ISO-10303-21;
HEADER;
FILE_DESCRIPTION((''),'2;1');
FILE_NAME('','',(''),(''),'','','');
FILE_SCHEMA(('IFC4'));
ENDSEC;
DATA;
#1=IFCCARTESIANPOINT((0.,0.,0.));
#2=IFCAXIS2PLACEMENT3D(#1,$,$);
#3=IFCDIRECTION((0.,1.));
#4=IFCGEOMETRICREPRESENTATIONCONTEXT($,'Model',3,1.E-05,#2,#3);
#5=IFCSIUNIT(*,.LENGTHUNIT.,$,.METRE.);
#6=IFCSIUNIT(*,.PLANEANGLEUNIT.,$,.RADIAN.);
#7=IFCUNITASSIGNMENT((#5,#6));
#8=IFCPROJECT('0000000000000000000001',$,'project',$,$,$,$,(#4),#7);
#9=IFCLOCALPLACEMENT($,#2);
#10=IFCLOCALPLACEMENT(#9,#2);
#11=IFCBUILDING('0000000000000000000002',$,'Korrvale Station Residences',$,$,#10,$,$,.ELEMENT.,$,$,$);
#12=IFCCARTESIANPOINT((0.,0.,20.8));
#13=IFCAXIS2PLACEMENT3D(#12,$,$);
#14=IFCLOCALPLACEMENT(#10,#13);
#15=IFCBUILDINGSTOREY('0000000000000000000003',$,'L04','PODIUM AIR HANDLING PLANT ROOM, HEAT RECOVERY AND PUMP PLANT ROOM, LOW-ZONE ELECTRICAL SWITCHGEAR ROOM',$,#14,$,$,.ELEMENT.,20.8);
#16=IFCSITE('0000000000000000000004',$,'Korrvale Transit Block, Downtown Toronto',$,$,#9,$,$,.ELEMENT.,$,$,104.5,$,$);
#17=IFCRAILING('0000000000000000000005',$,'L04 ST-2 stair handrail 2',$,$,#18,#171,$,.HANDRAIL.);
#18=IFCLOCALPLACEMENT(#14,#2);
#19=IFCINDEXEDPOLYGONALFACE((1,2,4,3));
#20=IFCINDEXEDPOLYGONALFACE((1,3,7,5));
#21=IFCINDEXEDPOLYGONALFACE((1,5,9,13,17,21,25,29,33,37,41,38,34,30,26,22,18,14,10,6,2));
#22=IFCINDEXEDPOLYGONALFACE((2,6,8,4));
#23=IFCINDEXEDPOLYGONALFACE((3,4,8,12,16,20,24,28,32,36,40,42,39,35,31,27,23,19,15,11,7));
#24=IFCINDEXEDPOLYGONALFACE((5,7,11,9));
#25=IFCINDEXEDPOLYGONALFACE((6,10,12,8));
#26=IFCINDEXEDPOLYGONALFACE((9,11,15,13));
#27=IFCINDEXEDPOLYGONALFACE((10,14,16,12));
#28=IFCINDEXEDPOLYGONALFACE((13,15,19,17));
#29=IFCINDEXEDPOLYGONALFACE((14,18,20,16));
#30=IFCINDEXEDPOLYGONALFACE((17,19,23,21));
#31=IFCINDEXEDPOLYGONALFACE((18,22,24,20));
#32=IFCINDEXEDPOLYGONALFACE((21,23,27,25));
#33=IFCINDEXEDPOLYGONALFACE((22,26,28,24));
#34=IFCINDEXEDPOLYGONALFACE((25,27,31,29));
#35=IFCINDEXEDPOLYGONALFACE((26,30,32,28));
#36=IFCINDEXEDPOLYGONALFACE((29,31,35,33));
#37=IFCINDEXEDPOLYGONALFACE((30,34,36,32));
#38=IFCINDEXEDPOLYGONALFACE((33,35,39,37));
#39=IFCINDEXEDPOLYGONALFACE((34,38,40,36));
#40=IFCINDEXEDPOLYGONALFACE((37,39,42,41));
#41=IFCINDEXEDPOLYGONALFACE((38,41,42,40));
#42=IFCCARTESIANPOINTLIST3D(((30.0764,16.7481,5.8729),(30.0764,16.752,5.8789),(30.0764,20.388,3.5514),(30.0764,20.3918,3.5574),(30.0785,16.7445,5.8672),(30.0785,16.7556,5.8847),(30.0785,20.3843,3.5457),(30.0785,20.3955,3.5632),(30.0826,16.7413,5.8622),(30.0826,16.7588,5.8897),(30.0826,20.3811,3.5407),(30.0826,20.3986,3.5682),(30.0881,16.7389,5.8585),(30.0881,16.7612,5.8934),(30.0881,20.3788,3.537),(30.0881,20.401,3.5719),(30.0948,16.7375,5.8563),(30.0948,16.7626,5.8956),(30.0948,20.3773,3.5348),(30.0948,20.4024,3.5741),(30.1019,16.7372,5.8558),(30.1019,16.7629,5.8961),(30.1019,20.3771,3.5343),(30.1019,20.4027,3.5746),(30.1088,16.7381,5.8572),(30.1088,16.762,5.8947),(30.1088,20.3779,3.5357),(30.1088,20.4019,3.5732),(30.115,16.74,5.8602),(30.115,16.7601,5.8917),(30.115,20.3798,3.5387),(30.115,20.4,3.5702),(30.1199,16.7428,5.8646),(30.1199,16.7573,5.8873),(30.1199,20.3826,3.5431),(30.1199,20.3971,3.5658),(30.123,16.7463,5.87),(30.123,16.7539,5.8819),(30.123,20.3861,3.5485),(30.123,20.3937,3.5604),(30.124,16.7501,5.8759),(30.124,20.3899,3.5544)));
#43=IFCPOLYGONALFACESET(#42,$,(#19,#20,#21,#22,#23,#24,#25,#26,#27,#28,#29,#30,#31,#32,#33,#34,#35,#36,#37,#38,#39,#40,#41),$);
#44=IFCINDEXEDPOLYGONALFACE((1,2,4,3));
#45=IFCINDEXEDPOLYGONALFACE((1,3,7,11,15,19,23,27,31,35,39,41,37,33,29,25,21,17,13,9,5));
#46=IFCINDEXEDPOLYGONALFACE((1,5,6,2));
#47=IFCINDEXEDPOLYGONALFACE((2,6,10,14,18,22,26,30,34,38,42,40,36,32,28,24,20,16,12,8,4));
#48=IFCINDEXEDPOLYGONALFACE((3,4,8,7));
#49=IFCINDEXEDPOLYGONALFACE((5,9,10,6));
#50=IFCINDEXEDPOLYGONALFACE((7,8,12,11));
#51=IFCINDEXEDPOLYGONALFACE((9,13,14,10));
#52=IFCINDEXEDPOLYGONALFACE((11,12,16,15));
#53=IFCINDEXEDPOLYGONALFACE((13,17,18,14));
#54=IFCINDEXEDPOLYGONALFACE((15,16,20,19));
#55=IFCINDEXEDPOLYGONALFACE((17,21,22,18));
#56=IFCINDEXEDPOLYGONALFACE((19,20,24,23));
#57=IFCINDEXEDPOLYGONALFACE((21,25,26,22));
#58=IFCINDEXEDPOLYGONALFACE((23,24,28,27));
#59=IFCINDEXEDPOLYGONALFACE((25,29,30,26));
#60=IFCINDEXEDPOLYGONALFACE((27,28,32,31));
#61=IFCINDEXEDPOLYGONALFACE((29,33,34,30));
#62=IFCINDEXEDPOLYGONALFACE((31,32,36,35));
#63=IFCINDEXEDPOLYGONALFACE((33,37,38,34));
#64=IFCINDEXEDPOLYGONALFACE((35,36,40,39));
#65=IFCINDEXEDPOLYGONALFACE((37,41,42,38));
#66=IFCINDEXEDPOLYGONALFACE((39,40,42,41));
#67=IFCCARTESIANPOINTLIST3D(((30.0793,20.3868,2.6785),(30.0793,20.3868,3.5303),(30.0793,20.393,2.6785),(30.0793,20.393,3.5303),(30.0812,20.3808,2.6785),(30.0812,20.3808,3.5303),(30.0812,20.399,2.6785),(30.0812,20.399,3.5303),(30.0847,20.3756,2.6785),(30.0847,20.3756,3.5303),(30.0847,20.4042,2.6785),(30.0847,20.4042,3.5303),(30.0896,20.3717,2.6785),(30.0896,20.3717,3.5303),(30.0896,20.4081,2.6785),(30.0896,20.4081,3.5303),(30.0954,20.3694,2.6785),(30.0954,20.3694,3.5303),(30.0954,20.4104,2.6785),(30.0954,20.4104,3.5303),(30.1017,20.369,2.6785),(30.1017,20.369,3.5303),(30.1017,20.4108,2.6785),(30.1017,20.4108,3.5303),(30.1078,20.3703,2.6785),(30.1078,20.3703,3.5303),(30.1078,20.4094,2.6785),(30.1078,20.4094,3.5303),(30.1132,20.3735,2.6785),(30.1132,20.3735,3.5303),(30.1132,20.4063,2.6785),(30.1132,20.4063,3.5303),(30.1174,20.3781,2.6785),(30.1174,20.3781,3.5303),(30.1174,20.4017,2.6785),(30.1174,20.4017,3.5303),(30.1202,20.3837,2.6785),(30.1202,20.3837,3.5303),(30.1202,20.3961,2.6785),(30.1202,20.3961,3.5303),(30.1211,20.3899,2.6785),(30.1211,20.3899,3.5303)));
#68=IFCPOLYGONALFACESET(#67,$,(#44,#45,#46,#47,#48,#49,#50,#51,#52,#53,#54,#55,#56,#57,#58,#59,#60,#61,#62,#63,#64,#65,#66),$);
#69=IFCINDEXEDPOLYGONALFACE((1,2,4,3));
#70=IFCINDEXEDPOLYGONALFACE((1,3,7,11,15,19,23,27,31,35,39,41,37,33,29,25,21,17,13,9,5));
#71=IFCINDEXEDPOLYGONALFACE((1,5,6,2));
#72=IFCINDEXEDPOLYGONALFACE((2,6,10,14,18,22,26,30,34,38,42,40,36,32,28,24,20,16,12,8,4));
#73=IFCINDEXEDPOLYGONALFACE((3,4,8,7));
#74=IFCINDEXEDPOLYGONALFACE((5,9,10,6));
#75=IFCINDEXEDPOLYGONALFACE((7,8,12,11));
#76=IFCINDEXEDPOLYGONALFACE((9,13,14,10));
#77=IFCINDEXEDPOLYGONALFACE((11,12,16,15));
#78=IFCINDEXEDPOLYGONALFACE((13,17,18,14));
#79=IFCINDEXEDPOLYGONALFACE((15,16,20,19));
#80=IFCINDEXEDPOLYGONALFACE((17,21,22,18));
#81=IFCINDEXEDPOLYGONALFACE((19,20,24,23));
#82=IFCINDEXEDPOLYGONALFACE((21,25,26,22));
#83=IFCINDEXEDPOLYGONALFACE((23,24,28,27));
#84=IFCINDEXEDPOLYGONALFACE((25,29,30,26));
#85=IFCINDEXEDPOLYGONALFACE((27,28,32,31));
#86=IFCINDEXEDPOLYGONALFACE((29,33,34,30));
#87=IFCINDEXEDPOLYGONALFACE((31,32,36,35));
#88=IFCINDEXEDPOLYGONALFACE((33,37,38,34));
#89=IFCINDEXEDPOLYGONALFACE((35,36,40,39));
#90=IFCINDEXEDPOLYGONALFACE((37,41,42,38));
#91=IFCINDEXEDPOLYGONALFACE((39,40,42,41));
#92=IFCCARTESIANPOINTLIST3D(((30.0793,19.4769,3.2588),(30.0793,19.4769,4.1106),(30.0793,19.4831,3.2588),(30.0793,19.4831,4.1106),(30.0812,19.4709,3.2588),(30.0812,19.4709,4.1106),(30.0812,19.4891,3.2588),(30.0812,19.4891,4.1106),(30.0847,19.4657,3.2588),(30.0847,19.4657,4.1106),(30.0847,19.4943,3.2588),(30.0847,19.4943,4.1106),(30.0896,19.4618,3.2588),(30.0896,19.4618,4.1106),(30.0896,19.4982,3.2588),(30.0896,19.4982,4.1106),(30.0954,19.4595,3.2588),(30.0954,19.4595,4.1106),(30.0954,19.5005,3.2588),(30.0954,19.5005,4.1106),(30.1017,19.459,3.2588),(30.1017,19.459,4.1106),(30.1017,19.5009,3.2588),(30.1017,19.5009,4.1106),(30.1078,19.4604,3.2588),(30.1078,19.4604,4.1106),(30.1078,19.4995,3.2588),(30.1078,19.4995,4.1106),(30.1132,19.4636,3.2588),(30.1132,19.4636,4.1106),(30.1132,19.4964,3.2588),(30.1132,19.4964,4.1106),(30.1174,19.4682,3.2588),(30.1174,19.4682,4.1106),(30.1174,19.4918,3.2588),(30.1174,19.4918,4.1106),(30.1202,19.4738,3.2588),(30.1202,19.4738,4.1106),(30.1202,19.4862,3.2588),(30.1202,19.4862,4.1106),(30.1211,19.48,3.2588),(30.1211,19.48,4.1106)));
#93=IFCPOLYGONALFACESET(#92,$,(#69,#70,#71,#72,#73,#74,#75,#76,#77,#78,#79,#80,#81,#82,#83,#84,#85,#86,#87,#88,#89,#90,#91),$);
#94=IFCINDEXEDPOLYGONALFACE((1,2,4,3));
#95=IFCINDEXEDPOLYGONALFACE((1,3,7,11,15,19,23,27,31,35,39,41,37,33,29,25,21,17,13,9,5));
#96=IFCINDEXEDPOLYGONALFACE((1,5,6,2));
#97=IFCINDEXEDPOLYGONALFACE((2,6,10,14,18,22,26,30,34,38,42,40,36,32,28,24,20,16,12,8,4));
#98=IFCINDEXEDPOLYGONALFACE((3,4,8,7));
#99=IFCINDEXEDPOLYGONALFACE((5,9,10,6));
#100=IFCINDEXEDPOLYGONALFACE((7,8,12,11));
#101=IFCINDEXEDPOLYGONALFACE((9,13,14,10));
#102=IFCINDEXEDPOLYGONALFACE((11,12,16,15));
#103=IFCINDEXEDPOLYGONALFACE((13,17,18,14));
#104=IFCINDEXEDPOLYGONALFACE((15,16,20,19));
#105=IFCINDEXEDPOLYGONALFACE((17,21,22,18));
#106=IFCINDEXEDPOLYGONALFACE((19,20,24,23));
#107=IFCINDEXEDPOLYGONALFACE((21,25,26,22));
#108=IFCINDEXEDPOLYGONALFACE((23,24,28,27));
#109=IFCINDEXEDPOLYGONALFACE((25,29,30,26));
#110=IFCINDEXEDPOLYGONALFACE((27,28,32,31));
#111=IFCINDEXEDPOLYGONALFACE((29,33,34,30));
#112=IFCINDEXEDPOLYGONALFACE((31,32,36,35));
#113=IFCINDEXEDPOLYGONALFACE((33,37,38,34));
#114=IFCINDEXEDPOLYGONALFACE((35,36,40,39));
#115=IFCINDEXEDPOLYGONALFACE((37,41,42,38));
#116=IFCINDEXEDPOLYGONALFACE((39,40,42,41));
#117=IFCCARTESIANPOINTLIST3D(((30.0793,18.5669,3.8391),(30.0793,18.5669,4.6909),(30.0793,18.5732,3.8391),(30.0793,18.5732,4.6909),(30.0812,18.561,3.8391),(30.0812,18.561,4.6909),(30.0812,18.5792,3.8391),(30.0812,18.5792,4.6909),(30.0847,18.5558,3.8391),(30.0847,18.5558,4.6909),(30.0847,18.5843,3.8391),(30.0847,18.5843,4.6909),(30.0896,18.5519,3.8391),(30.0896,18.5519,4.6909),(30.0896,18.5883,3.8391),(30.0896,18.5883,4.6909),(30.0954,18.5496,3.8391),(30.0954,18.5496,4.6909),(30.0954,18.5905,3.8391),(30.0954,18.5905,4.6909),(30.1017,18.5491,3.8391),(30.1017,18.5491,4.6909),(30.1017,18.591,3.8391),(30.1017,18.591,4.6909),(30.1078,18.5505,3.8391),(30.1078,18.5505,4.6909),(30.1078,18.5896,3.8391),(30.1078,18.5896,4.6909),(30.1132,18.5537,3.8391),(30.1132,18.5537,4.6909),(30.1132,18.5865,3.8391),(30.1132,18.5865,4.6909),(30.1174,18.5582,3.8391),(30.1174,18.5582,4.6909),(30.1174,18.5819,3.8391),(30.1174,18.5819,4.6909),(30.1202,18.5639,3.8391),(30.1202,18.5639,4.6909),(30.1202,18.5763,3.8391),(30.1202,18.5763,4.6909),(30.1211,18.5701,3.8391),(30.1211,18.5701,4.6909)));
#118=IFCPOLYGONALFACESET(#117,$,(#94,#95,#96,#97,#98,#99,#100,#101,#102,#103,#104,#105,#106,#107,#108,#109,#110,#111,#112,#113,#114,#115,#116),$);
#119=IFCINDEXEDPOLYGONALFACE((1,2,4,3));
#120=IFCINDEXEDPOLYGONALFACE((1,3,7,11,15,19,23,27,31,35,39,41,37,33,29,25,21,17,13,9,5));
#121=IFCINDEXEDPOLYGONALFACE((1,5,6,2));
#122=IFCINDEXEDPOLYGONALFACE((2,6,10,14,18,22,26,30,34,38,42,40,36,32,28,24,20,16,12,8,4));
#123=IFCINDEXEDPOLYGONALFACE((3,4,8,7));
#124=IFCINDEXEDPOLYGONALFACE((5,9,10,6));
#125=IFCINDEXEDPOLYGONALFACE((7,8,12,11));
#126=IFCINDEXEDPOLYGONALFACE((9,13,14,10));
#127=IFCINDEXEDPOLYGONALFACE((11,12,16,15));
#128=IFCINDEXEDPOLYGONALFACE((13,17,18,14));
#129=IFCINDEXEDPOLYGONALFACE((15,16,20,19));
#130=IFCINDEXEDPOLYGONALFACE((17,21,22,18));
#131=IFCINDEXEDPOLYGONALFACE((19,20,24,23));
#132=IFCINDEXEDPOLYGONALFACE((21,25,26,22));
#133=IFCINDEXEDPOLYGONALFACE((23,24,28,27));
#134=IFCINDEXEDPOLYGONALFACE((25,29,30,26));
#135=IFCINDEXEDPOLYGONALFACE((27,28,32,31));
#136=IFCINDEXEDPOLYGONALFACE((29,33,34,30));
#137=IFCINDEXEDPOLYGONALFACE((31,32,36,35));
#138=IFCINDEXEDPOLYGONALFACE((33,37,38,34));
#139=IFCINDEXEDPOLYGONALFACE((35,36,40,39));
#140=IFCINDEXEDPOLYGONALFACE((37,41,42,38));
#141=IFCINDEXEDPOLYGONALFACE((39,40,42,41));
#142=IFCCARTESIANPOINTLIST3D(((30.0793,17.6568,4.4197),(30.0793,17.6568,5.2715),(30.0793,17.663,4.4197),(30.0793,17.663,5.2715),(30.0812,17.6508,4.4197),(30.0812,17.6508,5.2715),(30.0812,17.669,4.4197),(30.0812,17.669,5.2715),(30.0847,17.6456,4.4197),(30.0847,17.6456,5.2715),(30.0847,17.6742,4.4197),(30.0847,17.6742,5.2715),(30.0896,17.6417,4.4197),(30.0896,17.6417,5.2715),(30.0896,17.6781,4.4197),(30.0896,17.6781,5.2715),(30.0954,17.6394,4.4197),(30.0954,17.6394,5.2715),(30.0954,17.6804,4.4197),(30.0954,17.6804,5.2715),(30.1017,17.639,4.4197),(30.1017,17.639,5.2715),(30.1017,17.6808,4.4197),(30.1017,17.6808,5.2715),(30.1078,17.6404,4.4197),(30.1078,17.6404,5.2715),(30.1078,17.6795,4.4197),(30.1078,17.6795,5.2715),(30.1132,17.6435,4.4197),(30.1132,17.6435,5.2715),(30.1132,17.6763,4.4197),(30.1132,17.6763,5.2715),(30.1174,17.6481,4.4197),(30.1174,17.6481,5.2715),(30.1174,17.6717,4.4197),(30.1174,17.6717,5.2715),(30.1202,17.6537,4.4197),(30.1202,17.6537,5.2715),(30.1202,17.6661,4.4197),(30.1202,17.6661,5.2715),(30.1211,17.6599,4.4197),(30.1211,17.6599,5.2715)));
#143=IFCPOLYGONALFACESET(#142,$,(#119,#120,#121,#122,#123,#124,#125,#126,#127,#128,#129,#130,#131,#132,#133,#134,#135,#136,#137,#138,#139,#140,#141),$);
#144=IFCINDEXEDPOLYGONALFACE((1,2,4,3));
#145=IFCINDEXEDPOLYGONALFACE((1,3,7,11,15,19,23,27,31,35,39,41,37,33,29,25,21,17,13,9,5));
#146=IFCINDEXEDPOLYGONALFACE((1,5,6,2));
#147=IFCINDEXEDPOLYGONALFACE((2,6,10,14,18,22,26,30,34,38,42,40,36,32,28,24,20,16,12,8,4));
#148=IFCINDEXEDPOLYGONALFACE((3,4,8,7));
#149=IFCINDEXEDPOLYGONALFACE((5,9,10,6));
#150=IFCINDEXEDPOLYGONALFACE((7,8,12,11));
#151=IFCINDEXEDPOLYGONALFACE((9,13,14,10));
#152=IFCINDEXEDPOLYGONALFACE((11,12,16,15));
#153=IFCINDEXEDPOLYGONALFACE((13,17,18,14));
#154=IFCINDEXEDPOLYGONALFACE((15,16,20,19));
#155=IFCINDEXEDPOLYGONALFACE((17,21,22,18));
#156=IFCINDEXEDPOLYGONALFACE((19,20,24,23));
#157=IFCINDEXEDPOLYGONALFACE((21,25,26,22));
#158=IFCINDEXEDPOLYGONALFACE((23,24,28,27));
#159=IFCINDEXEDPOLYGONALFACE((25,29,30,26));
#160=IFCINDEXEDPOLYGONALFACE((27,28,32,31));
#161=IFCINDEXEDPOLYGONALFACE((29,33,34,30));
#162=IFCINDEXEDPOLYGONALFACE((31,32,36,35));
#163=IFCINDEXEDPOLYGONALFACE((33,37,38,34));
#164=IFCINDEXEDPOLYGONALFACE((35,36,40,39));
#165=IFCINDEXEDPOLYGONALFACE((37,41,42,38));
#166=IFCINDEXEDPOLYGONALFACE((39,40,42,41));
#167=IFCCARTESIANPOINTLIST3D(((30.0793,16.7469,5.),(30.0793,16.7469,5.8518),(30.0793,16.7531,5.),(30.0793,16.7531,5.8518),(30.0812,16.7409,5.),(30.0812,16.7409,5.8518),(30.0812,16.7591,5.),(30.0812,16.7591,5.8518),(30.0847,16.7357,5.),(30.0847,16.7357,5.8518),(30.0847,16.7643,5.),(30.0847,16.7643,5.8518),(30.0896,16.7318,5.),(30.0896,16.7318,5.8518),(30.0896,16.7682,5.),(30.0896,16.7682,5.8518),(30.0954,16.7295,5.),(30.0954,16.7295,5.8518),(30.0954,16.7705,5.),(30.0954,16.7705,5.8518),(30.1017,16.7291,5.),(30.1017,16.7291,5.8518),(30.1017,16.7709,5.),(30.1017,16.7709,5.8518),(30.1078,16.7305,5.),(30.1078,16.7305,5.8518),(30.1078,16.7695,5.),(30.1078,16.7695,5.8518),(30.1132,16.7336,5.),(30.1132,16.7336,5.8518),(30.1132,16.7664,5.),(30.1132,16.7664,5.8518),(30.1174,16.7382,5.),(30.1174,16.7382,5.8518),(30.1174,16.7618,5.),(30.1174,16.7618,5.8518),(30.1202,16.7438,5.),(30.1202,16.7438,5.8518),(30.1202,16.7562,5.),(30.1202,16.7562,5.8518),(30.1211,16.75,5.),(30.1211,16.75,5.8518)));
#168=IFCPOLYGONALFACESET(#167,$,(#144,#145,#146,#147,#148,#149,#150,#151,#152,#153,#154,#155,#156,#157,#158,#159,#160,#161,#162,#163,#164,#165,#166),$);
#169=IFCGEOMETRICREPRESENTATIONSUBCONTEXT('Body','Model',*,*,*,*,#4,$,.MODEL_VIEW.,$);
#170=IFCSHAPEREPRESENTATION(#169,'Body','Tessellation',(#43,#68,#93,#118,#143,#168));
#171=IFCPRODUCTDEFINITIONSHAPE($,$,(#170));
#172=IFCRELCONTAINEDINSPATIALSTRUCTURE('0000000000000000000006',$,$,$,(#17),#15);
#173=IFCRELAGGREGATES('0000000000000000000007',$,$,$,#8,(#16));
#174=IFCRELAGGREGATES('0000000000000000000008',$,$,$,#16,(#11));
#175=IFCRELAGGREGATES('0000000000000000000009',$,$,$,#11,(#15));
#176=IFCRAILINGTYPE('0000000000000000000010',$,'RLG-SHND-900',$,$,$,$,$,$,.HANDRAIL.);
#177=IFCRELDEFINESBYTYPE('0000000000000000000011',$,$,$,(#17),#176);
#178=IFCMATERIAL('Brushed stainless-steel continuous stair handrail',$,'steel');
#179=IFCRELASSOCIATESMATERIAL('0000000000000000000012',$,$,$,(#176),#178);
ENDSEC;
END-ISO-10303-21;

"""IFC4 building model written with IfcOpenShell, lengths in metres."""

from ifc_helpers import new_model, si_unit, direction, frame, origin, origin_2d, place, context, subcontext, project, spatial, circle, extrude, material, type_object, element, save


model = new_model("IFC4")

# Units and contexts
model_context = context("Model", 3, precision=1e-05, world=origin(), true_north=direction((0.0, 1.0)))
body_context = subcontext(model_context, "Body", "Model", "MODEL_VIEW")
ifc_project = project(units=[si_unit("LENGTHUNIT", "METRE"), si_unit("PLANEANGLEUNIT", "RADIAN")], contexts=[model_context])

# Site, building, storey
site_placement = place(None, origin())
site = spatial("IfcSite", under=ifc_project, at=site_placement, Name="Korrvale Transit Block, Downtown Toronto", CompositionType="ELEMENT", RefElevation=104.5)
building_placement = place(site_placement, origin())
building = spatial("IfcBuilding", under=site, at=building_placement, Name="Korrvale Station Residences", CompositionType="ELEMENT")
storey_placement = place(building_placement, frame((0.0, 0.0, 20.8)))
storey = spatial("IfcBuildingStorey", under=building, at=storey_placement, Name="L04", Description="PODIUM AIR HANDLING PLANT ROOM, HEAT RECOVERY AND PUMP PLANT ROOM, LOW-ZONE ELECTRICAL SWITCHGEAR ROOM", CompositionType="ELEMENT", Elevation=20.8)

# Railing
ifc_material_1 = material(Name="Brushed stainless-steel continuous stair handrail", Category="steel")
railing_type_1 = type_object("IfcRailingType", Name="RLG-SHND-900", PredefinedType="HANDRAIL", material=ifc_material_1)
railing_1_placement = place(storey_placement, frame((30.1001, 20.3899, 2.6785)))
element("IfcRailing", 1, at=railing_1_placement, inside=storey, type_object=railing_type_1, Name="L04 ST-2 stair handrail 2", PredefinedType="HANDRAIL", context=body_context, shape_type="SweptSolid", body=[
    extrude(circle(Radius=0.0239, at=origin_2d()), frame((0.0, 0.0, 0.876), z_axis=(0.0, -0.843112, 0.537739), x_axis=(1.0, 0.0, 0.0)), (0.0, 0.0, 1.0), 4.3171),
    extrude(circle(Radius=0.021, at=origin_2d()), origin(), (0.0, 0.0, 1.0), 0.8518),
    extrude(circle(Radius=0.021, at=origin_2d()), frame((0.0, -0.9099, 0.5803)), (0.0, 0.0, 1.0), 0.8518),
    extrude(circle(Radius=0.021, at=origin_2d()), frame((0.0, -1.8198, 1.1606)), (0.0, 0.0, 1.0), 0.8518),
    extrude(circle(Radius=0.021, at=origin_2d()), frame((0.0, -2.73, 1.7412)), (0.0, 0.0, 1.0), 0.8518),
    extrude(circle(Radius=0.021, at=origin_2d()), frame((0.0, -3.6399, 2.3215)), (0.0, 0.0, 1.0), 0.8518),
])

save(model, "model.ifc")
